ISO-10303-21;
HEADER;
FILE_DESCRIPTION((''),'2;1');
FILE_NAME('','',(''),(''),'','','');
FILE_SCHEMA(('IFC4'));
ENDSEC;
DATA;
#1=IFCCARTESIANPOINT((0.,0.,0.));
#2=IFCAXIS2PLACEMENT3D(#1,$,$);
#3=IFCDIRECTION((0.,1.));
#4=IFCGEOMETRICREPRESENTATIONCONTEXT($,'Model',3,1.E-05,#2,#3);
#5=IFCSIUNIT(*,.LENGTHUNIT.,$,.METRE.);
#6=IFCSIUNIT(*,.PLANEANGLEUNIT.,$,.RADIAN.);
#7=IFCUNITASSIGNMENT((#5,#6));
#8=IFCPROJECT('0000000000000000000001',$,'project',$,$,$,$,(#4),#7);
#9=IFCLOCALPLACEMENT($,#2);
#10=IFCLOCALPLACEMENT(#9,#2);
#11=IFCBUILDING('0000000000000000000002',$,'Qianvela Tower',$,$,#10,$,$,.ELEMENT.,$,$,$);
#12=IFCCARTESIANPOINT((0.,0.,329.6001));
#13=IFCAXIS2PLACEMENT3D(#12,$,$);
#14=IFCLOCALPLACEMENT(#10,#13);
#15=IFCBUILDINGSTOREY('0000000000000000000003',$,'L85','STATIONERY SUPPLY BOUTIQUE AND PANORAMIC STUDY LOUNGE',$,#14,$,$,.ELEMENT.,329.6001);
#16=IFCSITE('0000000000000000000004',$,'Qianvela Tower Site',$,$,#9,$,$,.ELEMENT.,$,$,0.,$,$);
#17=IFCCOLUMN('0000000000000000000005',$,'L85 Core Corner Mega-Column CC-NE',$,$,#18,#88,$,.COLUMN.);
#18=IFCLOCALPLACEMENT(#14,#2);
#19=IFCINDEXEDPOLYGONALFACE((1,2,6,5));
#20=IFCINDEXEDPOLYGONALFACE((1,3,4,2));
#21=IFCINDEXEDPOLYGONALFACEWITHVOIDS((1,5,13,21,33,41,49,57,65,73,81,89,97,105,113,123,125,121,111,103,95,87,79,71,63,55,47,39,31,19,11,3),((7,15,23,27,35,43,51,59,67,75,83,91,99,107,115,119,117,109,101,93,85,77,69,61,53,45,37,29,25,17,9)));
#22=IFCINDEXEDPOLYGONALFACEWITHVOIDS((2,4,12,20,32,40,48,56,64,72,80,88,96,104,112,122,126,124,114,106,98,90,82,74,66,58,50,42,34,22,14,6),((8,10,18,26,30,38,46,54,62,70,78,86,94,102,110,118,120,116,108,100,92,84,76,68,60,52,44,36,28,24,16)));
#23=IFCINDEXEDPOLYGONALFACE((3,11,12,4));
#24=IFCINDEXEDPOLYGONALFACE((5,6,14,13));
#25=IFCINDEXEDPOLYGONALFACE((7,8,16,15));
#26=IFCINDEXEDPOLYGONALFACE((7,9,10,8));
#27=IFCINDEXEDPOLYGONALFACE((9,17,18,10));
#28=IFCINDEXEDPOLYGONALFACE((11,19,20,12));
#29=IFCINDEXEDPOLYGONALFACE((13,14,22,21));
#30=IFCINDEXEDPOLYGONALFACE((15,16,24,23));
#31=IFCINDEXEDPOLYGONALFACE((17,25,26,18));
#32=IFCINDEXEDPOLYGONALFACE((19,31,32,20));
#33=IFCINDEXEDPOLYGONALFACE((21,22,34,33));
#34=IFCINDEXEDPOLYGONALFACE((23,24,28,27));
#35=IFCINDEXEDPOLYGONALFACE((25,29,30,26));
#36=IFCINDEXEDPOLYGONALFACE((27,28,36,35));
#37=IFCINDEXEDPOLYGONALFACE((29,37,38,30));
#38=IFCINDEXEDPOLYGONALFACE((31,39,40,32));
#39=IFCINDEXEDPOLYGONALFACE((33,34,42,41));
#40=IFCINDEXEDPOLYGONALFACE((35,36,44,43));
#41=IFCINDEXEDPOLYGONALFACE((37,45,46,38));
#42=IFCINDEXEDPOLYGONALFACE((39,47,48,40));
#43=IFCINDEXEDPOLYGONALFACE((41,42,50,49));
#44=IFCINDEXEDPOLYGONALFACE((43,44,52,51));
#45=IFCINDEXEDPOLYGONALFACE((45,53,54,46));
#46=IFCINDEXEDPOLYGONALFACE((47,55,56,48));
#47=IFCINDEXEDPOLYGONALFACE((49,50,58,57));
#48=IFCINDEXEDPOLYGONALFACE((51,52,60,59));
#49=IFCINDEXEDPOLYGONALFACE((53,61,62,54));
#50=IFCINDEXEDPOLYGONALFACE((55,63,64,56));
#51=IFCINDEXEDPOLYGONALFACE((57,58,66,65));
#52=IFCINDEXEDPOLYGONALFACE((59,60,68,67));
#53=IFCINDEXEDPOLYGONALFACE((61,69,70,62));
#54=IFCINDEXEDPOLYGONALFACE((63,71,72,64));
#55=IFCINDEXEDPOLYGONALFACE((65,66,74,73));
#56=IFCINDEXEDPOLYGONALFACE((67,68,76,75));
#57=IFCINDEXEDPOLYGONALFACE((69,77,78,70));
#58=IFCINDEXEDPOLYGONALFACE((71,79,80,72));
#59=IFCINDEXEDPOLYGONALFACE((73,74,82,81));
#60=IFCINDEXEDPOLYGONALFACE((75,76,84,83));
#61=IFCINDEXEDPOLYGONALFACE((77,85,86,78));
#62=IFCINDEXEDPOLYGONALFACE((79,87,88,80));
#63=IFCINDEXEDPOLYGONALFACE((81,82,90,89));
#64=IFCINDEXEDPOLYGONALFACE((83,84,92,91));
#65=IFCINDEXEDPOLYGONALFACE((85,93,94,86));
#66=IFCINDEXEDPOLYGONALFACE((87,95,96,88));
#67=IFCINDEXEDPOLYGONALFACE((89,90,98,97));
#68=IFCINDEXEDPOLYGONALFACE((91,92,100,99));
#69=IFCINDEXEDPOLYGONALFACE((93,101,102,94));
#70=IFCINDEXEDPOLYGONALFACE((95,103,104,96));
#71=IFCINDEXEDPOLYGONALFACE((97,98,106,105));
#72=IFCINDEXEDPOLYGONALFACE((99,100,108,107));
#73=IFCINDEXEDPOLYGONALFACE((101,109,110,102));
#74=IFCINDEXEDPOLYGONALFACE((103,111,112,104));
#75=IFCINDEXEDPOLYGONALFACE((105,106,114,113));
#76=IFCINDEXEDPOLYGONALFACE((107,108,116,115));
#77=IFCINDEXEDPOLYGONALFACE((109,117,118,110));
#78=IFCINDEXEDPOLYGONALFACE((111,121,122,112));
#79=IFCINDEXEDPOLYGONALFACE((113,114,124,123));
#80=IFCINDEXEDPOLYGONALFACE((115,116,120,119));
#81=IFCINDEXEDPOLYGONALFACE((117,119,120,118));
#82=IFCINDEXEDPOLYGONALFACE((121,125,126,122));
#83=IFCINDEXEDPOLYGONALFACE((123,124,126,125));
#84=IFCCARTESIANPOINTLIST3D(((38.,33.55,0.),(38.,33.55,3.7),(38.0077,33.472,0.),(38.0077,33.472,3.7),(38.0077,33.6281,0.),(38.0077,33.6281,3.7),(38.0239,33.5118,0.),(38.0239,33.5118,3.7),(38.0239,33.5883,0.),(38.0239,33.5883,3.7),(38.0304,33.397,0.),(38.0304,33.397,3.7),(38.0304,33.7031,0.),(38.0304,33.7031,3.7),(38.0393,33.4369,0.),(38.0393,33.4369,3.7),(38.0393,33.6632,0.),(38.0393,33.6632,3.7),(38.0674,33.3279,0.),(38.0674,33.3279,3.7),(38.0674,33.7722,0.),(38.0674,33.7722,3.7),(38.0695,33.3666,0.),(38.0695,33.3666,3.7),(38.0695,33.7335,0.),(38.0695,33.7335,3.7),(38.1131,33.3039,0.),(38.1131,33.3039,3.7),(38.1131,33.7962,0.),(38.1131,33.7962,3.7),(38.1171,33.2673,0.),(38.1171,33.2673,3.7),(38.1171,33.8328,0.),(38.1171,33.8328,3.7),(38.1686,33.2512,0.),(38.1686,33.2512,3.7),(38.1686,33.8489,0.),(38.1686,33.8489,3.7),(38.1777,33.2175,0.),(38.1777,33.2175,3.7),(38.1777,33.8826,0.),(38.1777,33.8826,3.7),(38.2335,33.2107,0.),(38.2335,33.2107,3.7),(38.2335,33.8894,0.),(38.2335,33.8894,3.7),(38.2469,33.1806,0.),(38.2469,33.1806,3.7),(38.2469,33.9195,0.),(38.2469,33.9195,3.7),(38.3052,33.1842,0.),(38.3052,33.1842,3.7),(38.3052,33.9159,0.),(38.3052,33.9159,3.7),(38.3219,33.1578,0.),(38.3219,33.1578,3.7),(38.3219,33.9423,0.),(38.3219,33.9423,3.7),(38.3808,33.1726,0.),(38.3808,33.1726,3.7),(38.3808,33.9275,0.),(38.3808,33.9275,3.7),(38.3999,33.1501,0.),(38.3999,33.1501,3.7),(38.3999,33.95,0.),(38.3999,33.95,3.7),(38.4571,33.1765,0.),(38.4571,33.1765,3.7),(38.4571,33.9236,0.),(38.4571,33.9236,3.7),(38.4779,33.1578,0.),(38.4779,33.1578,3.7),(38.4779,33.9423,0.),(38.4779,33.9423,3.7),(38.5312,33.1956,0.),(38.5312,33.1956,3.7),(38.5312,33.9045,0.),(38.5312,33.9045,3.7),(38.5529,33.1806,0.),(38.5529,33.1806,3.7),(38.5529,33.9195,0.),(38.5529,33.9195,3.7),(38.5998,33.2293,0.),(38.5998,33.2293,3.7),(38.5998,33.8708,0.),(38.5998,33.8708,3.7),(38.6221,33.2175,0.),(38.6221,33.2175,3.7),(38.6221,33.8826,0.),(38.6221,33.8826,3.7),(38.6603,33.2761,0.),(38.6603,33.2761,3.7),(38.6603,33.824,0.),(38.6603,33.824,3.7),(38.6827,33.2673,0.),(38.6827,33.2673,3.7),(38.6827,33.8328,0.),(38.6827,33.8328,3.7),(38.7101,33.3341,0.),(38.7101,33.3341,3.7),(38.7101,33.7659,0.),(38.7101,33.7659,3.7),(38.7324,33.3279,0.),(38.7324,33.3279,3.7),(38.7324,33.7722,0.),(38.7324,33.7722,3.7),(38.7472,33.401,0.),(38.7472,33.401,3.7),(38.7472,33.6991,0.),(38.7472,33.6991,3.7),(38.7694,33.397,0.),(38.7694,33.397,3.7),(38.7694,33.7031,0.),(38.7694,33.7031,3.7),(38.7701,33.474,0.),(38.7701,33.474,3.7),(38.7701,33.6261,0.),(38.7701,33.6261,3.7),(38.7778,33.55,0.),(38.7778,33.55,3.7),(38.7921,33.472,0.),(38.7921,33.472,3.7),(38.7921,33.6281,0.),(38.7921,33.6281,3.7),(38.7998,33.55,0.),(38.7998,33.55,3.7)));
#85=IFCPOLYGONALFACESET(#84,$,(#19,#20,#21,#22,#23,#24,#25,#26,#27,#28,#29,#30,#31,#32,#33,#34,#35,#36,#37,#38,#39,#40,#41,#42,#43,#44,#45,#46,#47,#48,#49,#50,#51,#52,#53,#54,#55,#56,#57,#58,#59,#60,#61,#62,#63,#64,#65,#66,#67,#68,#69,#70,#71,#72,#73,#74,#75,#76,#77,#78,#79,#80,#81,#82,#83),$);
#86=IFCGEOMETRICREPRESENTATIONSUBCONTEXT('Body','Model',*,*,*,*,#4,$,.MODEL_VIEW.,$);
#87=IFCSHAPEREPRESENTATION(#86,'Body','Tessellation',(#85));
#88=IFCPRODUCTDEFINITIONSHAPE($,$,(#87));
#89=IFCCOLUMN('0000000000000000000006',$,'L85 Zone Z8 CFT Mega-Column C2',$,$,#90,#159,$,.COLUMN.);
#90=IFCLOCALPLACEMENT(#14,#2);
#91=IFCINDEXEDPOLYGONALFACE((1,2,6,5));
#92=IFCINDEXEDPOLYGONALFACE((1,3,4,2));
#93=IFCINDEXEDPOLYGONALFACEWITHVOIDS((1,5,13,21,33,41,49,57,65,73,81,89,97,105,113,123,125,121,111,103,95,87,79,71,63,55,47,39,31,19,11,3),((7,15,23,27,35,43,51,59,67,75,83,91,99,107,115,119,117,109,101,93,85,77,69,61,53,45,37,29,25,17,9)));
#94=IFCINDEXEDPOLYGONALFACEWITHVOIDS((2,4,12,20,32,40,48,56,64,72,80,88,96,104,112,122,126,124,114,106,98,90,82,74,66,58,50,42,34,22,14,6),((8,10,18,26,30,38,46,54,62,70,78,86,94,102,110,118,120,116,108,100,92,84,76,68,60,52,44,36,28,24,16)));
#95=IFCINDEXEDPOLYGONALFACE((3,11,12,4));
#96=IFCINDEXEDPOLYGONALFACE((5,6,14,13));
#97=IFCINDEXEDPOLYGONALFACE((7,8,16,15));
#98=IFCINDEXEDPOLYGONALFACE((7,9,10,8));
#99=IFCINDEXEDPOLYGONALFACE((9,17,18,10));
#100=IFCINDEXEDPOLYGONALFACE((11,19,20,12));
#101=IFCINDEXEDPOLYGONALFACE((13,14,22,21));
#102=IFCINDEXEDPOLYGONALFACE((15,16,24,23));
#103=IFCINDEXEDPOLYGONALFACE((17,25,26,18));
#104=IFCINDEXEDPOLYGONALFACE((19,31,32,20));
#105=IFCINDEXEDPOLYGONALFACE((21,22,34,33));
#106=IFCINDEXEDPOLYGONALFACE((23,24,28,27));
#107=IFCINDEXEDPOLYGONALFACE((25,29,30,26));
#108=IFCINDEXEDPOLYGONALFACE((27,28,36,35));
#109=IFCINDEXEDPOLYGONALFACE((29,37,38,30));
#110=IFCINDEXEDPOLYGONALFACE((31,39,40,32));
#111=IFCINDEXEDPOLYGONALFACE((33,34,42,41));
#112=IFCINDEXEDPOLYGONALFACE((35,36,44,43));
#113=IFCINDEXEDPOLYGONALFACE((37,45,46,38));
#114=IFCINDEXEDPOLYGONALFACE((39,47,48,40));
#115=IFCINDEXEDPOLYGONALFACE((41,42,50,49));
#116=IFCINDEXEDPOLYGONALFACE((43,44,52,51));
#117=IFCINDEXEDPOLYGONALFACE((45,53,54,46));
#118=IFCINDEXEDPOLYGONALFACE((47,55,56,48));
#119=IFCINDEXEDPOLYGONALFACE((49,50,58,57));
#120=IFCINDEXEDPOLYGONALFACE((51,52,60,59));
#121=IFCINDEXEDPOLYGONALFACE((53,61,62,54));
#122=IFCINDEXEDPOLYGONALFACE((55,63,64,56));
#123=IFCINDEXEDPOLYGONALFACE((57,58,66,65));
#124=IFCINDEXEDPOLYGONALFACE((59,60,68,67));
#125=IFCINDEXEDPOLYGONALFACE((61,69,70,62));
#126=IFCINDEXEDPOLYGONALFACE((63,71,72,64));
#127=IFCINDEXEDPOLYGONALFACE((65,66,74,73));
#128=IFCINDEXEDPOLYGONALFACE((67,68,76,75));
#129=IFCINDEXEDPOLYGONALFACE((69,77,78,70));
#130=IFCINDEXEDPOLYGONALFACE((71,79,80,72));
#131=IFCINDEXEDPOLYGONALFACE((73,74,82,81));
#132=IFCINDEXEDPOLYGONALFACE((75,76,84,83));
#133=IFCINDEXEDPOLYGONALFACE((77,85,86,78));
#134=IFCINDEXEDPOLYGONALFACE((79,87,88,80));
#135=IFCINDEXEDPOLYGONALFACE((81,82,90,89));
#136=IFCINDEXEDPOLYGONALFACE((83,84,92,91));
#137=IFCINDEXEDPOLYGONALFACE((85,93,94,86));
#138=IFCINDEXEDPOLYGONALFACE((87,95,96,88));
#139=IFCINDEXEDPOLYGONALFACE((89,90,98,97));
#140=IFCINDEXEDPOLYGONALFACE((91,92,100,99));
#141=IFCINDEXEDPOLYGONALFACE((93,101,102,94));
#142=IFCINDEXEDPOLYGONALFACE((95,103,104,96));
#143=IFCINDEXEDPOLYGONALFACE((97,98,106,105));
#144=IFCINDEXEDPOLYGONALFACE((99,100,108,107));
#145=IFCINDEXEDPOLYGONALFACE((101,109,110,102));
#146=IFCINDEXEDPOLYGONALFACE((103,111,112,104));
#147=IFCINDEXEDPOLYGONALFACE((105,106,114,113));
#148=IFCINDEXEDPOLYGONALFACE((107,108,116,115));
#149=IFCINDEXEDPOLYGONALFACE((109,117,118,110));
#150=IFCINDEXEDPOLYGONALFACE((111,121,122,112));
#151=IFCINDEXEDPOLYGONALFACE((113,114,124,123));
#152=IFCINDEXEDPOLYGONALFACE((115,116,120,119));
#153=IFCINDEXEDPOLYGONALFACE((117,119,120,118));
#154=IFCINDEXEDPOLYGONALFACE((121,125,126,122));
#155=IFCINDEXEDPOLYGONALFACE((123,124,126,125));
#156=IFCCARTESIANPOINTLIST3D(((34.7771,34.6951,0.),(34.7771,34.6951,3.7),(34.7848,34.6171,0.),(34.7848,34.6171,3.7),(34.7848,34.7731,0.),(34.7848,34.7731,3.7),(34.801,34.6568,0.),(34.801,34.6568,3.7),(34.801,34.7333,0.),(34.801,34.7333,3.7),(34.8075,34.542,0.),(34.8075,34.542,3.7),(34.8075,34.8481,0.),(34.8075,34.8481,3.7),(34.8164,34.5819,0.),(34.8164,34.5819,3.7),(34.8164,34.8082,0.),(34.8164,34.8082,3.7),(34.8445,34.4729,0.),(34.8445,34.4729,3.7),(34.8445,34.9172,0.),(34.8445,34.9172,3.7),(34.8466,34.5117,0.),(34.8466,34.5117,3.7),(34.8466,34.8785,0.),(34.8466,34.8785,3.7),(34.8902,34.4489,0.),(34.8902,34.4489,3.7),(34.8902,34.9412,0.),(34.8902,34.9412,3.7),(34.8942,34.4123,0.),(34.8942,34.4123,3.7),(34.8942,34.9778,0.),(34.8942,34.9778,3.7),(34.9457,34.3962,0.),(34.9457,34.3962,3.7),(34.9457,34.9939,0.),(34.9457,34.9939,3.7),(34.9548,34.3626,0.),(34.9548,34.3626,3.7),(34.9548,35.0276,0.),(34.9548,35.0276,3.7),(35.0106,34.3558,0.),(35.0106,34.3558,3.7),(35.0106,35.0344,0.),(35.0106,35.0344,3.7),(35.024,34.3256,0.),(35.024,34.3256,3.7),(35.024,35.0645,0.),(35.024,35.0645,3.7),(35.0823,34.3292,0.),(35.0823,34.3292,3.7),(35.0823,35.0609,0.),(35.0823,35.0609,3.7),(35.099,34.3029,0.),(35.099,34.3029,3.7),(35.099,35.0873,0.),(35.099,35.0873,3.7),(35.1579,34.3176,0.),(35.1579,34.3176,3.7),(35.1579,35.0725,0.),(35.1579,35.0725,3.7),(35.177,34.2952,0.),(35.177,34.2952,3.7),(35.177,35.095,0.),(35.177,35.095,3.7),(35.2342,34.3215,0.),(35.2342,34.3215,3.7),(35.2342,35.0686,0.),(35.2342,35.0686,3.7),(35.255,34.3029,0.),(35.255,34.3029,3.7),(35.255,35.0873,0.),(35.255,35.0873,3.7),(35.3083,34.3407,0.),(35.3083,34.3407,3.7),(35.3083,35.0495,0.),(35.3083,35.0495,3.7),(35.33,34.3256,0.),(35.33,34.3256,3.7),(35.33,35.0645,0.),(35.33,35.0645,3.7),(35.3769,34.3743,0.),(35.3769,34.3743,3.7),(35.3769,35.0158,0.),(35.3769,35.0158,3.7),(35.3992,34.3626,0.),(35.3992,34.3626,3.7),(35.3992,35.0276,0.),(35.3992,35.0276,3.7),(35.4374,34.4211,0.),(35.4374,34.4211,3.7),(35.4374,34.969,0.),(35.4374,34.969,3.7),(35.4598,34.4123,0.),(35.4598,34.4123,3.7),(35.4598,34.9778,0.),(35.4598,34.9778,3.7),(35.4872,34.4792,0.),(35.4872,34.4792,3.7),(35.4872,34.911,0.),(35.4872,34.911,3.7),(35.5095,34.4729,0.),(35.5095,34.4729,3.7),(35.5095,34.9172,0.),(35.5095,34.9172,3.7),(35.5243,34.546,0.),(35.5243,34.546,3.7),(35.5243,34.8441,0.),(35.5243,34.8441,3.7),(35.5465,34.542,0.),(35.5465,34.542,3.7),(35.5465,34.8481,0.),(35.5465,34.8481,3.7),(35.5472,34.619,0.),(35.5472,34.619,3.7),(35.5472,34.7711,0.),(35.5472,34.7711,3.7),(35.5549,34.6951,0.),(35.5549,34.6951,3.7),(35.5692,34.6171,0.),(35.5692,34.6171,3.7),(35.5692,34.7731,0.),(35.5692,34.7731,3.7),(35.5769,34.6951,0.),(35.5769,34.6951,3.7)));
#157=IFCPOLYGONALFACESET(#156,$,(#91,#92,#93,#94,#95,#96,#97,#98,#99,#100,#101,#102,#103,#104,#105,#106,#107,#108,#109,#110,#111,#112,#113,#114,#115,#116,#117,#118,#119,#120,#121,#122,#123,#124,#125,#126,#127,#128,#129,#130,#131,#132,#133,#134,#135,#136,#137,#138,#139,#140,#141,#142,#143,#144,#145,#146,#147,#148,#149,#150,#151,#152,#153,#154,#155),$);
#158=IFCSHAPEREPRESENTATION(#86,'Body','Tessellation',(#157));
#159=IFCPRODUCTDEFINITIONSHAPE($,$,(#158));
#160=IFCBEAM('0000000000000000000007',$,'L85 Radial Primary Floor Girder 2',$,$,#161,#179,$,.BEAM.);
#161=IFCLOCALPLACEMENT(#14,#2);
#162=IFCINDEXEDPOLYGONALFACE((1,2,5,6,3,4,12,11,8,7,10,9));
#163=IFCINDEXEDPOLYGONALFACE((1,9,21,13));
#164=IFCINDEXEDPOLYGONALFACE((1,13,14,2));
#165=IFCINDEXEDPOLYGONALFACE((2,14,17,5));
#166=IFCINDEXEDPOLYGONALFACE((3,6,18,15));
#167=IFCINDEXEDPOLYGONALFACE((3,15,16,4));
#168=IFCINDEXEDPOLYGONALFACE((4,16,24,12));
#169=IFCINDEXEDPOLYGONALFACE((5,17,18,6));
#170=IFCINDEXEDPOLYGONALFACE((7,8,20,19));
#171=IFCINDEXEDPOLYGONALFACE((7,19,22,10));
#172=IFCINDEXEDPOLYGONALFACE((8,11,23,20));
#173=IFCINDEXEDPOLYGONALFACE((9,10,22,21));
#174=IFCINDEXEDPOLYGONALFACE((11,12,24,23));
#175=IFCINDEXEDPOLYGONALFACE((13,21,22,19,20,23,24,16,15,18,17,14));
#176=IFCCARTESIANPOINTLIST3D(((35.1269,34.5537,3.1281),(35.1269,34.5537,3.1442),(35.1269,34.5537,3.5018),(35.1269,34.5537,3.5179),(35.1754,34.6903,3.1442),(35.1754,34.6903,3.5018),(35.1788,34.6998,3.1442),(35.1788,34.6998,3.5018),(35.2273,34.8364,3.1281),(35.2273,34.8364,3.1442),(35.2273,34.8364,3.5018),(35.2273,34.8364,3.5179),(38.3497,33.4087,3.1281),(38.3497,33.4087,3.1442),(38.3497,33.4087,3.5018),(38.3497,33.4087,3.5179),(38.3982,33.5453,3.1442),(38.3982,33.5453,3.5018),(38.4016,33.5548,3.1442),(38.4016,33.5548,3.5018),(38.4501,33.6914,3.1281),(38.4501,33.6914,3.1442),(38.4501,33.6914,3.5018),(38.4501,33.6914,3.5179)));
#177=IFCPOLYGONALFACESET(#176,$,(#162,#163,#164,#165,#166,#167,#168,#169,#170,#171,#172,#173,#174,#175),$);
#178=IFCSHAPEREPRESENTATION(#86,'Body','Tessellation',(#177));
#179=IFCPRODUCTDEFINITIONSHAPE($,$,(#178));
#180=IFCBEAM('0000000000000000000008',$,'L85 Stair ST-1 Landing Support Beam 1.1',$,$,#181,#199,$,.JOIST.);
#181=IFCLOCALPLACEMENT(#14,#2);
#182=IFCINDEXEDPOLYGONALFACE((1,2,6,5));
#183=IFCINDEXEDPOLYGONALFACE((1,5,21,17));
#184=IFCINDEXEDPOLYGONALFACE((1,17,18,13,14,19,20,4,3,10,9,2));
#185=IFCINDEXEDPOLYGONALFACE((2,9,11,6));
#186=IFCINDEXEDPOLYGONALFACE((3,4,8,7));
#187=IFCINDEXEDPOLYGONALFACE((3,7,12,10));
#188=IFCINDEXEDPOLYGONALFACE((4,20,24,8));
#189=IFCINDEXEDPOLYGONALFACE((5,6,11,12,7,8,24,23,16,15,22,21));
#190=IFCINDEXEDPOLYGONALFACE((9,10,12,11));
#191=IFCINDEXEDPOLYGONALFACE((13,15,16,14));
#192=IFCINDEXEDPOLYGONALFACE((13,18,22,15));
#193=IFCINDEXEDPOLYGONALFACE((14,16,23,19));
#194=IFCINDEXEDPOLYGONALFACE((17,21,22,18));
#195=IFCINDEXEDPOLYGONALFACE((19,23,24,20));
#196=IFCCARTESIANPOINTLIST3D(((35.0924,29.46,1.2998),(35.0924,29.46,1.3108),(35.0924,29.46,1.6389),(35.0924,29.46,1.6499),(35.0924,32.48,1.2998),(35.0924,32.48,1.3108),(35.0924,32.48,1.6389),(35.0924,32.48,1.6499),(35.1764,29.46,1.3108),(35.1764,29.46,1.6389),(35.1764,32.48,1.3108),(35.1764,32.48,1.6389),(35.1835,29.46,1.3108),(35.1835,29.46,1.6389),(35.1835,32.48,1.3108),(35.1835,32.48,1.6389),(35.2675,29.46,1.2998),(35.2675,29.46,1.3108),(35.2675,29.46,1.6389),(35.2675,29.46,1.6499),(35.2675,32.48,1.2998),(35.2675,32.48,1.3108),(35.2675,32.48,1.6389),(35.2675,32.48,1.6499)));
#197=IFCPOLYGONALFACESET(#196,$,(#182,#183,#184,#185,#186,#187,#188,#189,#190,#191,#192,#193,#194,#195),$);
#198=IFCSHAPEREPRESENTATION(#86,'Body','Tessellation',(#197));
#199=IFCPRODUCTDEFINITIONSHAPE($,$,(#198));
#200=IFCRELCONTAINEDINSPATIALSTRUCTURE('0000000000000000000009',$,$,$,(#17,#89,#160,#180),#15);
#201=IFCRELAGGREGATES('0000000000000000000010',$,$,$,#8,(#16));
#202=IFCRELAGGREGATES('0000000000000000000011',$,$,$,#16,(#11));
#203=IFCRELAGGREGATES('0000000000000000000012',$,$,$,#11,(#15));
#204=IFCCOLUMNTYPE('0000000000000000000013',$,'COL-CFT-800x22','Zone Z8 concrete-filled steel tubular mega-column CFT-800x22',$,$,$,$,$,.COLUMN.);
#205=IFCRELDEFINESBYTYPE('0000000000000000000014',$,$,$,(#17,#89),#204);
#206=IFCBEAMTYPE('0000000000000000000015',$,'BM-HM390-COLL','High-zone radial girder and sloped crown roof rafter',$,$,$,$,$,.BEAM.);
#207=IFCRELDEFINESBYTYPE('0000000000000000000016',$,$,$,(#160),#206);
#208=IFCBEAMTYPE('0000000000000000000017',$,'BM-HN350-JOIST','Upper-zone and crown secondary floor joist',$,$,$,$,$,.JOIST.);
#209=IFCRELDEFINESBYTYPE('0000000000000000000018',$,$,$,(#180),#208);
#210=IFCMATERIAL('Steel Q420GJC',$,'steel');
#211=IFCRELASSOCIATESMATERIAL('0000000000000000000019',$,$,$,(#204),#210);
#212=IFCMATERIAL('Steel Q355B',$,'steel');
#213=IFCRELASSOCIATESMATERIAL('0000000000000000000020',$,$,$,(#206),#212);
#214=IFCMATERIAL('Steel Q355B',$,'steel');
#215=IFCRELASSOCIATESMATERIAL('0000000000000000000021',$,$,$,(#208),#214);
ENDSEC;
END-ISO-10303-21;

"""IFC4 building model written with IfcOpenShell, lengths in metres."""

from ifc_helpers import new_model, si_unit, direction, frame, origin, origin_2d, place, context, subcontext, project, spatial, hollow_circle, i_section, extrude, material, material_profile, profile_set, type_object, element, save


model = new_model("IFC4")

# Units and contexts
model_context = context("Model", 3, precision=1e-05, world=origin(), true_north=direction((0.0, 1.0)))
body_context = subcontext(model_context, "Body", "Model", "MODEL_VIEW")
ifc_project = project(units=[si_unit("LENGTHUNIT", "METRE"), si_unit("PLANEANGLEUNIT", "RADIAN")], contexts=[model_context])

# Site, building, storey
site_placement = place(None, origin())
site = spatial("IfcSite", under=ifc_project, at=site_placement, Name="Qianvela Tower Site", CompositionType="ELEMENT", RefElevation=0.0)
building_placement = place(site_placement, origin())
building = spatial("IfcBuilding", under=site, at=building_placement, Name="Qianvela Tower", CompositionType="ELEMENT")
storey_placement = place(building_placement, frame((0.0, 0.0, 329.6001)))
storey = spatial("IfcBuildingStorey", under=building, at=storey_placement, Name="L85", Description="STATIONERY SUPPLY BOUTIQUE AND PANORAMIC STUDY LOUNGE", CompositionType="ELEMENT", Elevation=329.6001)

# Columns
ifc_material_1 = material(Name="Steel Q420GJC", Category="steel")
ifc_material_profile_1 = material_profile(ifc_material_1, hollow_circle(Radius=0.3999, WallThickness=0.022, at=origin_2d()), Name="CFT-800x22")
ifc_profile_set_1 = profile_set([ifc_material_profile_1], Name="Steel Q420GJC")
column_type = type_object("IfcColumnType", Name="COL-CFT-800x22", Description="Zone Z8 concrete-filled steel tubular mega-column CFT-800x22", PredefinedType="COLUMN", material=ifc_profile_set_1)
for number, where, z_axis, x_axis, name in (
    (1, (38.3999, 33.55, 0.0), (0.0, 0.0, 1.0), (1.0, 0.0, 0.0), "L85 Core Corner Mega-Column CC-NE"),
    (2, (35.177, 34.6951, 0.0), (0.0, 0.0, 1.0), (1.0, 0.0, 0.0), "L85 Zone Z8 CFT Mega-Column C2"),
):
    element("IfcColumn", number, at=place(storey_placement, frame(where, z_axis=z_axis, x_axis=x_axis)), inside=storey, type_object=column_type, Name=name, PredefinedType="COLUMN", context=body_context, shape_type="SweptSolid", body=[
        extrude(hollow_circle(Radius=0.3999, WallThickness=0.022, at=origin_2d()), origin(), (0.0, 0.0, 1.0), 3.7),
    ])

# Beams
ifc_material_2 = material(Name="Steel Q355B", Category="steel")
ifc_material_profile_2 = material_profile(ifc_material_2, i_section(OverallWidth=0.3, OverallDepth=0.3899, WebThickness=0.01, FlangeThickness=0.0161, at=origin_2d()), Name="HM390x300x10x16")
ifc_profile_set_2 = profile_set([ifc_material_profile_2], Name="Steel Q355B")
beam_type_1 = type_object("IfcBeamType", Name="BM-HM390-COLL", Description="High-zone radial girder and sloped crown roof rafter", PredefinedType="BEAM", material=ifc_profile_set_2)
beam_1_placement = place(storey_placement, frame((38.3999, 33.55, 3.323), z_axis=(-0.942298, 0.334776, 0.0), x_axis=(-0.334776, -0.942298, 0.0)))
element("IfcBeam", 3, at=beam_1_placement, inside=storey, type_object=beam_type_1, Name="L85 Radial Primary Floor Girder 2", PredefinedType="BEAM", context=body_context, shape_type="SweptSolid", body=[
    extrude(i_section(OverallWidth=0.3, OverallDepth=0.3899, WebThickness=0.01, FlangeThickness=0.0161, at=origin_2d()), origin(), (0.0, 0.0, 1.0), 3.4202),
])
ifc_material_3 = material(Name="Steel Q355B", Category="steel")
ifc_material_profile_3 = material_profile(ifc_material_3, i_section(OverallWidth=0.175, OverallDepth=0.3501, WebThickness=0.0071, FlangeThickness=0.011, at=origin_2d()), Name="HN350x175x7x11")
ifc_profile_set_3 = profile_set([ifc_material_profile_3], Name="Steel Q355B")
beam_type_2 = type_object("IfcBeamType", Name="BM-HN350-JOIST", Description="Upper-zone and crown secondary floor joist", PredefinedType="JOIST", material=ifc_profile_set_3)
for number, where, z_axis, x_axis, name in (
    (4, (35.1799, 29.46, 1.4749), (0.0, 1.0, 0.0), (-1.0, 0.0, 0.0), "L85 Stair ST-1 Landing Support Beam 1.1"),
):
    element("IfcBeam", number, at=place(storey_placement, frame(where, z_axis=z_axis, x_axis=x_axis)), inside=storey, type_object=beam_type_2, Name=name, PredefinedType="JOIST", context=body_context, shape_type="SweptSolid", body=[
        extrude(i_section(OverallWidth=0.175, OverallDepth=0.3501, WebThickness=0.0071, FlangeThickness=0.011, at=origin_2d()), origin(), (0.0, 0.0, 1.0), 3.02),
    ])

save(model, "model.ifc")
